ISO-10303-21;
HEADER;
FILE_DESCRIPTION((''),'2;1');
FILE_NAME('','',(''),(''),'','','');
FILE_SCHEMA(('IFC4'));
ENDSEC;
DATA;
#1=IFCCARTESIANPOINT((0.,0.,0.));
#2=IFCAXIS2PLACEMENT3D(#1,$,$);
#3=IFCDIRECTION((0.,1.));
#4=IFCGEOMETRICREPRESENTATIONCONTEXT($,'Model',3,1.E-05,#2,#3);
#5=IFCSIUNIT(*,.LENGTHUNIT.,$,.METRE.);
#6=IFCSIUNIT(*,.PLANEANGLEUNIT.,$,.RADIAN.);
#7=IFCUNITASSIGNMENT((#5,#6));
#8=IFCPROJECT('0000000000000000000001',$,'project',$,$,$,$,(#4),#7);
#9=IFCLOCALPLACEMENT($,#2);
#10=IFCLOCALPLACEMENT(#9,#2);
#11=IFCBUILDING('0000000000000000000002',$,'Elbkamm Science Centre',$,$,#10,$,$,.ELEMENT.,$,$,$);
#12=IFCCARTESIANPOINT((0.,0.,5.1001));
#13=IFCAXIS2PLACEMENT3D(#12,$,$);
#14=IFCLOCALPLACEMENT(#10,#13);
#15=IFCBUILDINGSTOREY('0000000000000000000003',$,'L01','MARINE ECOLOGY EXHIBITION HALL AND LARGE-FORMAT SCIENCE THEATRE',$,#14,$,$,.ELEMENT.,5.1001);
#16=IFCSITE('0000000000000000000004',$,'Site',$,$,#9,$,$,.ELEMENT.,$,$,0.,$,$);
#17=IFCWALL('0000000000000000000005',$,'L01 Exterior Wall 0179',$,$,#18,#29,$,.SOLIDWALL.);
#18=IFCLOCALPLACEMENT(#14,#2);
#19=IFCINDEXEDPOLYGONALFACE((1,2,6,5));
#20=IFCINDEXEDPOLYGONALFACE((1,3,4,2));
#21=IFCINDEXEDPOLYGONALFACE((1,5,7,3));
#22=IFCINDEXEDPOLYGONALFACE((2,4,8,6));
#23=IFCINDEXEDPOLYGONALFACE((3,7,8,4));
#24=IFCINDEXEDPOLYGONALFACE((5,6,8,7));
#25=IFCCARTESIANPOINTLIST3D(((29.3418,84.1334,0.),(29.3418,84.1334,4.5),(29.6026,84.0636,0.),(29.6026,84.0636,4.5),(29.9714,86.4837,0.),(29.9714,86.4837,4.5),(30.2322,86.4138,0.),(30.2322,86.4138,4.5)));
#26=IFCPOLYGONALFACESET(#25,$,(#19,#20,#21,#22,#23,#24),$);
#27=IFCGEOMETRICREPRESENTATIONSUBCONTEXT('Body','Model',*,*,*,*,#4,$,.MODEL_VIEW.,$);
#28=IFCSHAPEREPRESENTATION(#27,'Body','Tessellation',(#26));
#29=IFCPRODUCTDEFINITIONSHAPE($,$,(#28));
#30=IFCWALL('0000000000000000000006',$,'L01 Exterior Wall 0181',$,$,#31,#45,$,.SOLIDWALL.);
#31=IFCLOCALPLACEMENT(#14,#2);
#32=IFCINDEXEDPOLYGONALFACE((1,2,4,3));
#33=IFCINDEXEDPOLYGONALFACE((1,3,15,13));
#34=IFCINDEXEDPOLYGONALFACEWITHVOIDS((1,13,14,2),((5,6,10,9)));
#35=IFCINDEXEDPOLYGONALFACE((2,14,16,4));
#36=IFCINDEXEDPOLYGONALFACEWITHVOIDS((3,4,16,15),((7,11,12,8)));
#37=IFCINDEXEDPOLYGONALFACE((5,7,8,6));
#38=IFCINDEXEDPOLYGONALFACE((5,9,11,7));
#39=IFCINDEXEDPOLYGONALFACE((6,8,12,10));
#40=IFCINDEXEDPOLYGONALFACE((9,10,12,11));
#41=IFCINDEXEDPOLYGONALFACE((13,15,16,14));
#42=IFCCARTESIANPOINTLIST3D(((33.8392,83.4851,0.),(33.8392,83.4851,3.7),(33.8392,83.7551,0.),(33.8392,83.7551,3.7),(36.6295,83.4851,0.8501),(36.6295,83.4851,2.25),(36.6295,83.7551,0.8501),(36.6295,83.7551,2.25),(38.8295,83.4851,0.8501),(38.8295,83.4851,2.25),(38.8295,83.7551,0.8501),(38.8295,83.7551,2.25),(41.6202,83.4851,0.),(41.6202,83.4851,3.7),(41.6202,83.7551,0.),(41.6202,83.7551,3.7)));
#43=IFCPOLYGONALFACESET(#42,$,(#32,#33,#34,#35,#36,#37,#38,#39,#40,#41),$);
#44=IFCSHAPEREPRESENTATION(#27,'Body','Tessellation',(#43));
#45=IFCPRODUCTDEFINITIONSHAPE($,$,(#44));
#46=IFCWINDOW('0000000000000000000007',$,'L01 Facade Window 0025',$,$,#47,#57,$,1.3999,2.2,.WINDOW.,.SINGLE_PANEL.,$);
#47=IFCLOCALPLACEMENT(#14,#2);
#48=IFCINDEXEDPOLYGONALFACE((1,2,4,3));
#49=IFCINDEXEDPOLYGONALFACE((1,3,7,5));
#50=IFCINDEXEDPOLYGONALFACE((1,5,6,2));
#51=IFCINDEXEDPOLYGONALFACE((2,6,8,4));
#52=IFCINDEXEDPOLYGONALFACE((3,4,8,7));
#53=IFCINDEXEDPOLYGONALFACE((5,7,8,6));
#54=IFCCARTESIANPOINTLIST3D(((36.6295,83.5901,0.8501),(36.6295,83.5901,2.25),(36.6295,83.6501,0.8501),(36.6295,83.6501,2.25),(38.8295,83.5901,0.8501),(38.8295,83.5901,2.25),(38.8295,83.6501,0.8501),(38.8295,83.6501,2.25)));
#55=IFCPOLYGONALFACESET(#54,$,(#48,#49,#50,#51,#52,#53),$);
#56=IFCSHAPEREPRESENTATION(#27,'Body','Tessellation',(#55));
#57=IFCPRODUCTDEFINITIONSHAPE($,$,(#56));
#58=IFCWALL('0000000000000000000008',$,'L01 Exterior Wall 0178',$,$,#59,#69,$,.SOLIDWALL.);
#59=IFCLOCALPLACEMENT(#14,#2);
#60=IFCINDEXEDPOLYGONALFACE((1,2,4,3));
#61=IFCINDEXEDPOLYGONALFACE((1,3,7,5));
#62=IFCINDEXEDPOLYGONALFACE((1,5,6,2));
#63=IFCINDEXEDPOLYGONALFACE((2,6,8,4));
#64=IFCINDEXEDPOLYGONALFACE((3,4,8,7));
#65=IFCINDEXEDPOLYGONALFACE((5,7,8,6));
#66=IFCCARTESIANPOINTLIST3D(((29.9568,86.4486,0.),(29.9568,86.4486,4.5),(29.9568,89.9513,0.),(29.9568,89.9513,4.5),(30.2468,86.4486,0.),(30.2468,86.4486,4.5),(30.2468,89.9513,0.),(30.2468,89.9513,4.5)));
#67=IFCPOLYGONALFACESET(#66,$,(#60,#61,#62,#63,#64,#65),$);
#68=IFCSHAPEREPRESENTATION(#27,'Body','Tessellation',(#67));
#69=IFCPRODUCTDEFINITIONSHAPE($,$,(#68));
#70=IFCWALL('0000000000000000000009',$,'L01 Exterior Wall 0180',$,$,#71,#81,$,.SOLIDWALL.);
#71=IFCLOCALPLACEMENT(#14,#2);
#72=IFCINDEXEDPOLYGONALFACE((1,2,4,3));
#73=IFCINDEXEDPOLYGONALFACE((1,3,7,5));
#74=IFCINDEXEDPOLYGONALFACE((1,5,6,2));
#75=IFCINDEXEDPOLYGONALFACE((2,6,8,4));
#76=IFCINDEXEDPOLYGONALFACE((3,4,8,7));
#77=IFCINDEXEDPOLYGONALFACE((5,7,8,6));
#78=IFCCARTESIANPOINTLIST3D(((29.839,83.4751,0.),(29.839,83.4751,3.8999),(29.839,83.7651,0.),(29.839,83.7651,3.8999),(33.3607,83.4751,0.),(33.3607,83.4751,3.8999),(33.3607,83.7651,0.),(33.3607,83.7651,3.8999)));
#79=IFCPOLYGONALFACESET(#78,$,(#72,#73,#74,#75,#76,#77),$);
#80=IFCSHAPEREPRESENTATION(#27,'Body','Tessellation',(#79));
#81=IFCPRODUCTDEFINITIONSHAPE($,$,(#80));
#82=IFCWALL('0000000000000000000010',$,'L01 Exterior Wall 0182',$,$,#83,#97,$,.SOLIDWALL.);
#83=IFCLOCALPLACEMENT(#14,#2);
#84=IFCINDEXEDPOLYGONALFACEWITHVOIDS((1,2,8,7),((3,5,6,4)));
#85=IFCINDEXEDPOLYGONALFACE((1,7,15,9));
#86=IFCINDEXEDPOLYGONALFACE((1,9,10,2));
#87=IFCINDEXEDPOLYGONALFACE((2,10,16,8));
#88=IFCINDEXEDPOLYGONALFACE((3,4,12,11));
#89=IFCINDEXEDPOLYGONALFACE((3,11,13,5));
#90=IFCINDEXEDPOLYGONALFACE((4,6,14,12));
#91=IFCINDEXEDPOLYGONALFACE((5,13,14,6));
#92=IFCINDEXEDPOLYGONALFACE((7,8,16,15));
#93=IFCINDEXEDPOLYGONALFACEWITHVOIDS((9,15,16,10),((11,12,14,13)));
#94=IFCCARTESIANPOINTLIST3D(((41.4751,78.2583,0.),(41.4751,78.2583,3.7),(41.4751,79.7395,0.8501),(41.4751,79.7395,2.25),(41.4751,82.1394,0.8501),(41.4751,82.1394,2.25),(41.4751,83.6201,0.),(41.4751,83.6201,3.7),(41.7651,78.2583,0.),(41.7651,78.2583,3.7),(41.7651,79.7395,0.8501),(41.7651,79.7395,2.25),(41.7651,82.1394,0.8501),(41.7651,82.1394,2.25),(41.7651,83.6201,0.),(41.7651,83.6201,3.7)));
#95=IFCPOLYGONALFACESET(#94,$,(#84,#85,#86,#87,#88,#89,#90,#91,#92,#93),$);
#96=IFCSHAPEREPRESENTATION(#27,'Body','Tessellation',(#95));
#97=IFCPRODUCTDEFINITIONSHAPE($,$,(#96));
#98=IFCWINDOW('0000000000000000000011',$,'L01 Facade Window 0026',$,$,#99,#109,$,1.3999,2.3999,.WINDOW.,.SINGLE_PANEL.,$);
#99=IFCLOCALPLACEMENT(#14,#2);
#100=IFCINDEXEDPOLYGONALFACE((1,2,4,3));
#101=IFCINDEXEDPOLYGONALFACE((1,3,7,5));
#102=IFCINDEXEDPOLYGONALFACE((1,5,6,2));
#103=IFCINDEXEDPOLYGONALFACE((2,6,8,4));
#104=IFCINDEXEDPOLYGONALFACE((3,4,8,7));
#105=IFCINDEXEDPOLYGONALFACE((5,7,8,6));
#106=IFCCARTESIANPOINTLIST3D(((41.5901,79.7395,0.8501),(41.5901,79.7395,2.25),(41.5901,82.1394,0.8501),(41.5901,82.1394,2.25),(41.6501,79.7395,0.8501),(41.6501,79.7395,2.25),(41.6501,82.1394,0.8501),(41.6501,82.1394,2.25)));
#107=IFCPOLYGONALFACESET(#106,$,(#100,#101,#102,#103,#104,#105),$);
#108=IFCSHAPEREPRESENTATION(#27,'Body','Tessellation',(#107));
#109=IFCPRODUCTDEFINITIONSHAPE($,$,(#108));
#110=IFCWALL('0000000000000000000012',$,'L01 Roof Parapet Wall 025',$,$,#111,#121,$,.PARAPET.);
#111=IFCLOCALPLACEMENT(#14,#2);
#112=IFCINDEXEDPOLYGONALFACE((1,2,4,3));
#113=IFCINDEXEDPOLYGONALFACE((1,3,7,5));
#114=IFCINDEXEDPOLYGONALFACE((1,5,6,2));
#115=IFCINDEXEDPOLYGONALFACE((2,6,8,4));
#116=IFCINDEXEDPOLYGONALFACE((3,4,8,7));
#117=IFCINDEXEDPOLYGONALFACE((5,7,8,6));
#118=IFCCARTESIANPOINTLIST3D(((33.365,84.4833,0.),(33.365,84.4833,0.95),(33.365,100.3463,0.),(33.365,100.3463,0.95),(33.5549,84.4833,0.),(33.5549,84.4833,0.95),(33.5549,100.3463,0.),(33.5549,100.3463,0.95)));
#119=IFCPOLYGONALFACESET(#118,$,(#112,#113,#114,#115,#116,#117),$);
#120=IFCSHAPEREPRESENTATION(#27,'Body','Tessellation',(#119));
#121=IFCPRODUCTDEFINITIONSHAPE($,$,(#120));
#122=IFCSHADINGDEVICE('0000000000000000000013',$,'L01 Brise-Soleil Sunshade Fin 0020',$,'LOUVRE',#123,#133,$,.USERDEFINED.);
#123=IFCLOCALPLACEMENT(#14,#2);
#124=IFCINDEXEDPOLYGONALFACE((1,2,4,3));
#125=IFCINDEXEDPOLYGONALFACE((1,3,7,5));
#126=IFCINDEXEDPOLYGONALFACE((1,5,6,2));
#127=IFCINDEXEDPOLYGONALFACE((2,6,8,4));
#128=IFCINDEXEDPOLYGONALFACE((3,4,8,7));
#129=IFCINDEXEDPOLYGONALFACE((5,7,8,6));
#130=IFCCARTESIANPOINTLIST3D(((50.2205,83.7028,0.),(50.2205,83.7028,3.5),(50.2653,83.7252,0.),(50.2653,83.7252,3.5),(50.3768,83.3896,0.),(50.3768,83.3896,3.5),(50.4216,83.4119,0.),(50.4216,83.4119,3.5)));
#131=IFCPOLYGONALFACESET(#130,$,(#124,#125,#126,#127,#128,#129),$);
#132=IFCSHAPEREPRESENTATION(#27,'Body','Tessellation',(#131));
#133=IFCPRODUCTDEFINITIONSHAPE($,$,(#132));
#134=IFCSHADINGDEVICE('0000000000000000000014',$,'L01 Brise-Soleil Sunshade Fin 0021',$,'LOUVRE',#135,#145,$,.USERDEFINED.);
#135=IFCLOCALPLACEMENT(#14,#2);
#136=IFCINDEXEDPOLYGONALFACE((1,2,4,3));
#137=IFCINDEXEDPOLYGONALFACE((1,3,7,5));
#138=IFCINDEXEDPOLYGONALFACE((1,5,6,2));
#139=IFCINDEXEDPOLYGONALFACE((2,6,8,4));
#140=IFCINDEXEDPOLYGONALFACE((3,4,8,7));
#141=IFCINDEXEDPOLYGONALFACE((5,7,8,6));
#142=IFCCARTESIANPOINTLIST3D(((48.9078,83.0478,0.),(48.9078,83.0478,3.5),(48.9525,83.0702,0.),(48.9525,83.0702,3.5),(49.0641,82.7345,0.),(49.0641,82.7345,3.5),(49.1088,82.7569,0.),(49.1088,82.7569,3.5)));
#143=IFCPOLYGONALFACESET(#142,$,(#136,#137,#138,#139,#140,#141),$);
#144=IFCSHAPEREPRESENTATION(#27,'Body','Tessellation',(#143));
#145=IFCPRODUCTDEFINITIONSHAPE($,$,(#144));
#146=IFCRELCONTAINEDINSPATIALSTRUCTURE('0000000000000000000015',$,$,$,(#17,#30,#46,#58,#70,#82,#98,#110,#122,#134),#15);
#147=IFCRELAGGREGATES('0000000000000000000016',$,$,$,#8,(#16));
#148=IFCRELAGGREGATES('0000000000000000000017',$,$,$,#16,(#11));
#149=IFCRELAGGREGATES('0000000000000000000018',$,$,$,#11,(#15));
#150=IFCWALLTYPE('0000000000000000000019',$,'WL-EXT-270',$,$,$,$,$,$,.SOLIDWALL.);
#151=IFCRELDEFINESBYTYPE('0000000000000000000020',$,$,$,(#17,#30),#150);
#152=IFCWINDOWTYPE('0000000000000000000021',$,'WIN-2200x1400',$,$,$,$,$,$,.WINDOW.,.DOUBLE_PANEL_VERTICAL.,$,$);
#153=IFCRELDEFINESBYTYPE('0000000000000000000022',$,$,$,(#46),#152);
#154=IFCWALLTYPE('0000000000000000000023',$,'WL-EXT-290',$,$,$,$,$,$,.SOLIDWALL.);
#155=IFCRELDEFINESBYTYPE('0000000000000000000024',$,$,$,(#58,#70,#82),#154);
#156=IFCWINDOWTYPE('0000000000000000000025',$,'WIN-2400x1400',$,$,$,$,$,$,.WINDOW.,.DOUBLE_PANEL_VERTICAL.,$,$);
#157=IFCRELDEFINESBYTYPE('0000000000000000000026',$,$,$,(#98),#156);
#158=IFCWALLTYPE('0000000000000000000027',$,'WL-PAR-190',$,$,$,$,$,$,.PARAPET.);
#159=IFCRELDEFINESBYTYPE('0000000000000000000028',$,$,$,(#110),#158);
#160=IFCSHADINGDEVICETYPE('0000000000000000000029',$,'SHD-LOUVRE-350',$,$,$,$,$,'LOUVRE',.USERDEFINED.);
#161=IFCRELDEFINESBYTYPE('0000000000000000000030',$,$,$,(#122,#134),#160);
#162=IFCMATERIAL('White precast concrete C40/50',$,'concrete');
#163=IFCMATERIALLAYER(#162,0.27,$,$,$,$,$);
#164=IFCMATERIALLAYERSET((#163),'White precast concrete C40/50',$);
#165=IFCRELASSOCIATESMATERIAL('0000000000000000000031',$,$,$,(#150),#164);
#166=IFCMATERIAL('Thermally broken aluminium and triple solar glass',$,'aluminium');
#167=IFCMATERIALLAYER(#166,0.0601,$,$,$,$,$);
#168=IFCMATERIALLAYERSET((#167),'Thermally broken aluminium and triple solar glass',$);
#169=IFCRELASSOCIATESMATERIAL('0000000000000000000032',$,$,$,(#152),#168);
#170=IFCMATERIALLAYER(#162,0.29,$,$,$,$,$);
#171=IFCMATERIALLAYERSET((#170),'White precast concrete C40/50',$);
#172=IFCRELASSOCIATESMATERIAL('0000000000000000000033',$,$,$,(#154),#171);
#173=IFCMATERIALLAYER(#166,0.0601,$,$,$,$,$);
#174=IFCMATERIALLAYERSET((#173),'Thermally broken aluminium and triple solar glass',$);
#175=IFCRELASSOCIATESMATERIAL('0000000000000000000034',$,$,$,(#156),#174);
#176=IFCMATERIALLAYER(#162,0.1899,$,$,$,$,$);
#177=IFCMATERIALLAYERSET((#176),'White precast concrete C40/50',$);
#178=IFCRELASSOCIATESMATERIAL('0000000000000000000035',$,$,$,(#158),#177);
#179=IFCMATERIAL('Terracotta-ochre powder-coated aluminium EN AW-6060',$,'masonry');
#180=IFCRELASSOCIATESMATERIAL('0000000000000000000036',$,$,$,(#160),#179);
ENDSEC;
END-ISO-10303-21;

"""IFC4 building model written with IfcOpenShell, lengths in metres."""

from ifc_helpers import new_model, si_unit, direction, frame, frame_2d, origin, origin_2d, place, context, subcontext, project, spatial, rectangle, extrude, material, layer, layer_set, type_object, element, fill, save


model = new_model("IFC4")

# Units and contexts
model_context = context("Model", 3, precision=1e-05, world=origin(), true_north=direction((0.0, 1.0)))
body_context = subcontext(model_context, "Body", "Model", "MODEL_VIEW")
ifc_project = project(units=[si_unit("LENGTHUNIT", "METRE"), si_unit("PLANEANGLEUNIT", "RADIAN")], contexts=[model_context])

# Site, building, storey
site_placement = place(None, origin())
site = spatial("IfcSite", under=ifc_project, at=site_placement, Name="Site", CompositionType="ELEMENT", RefElevation=0.0)
building_placement = place(site_placement, origin())
building = spatial("IfcBuilding", under=site, at=building_placement, Name="Elbkamm Science Centre", CompositionType="ELEMENT")
storey_placement = place(building_placement, frame((0.0, 0.0, 5.1001)))
storey = spatial("IfcBuildingStorey", under=building, at=storey_placement, Name="L01", Description="MARINE ECOLOGY EXHIBITION HALL AND LARGE-FORMAT SCIENCE THEATRE", CompositionType="ELEMENT", Elevation=5.1001)

# Wall
ifc_material_1 = material(Name="White precast concrete C40/50", Category="concrete")
ifc_layer_1 = layer(ifc_material_1, 0.27)
ifc_layer_set_1 = layer_set([ifc_layer_1], Name="White precast concrete C40/50")
wall_type_1 = type_object("IfcWallType", Name="WL-EXT-270", PredefinedType="SOLIDWALL", material=ifc_layer_set_1)
wall_1_placement = place(storey_placement, frame((30.1018, 86.4487, 0.0), z_axis=(0.0, 0.0, 1.0), x_axis=(-0.258768, -0.96594, 0.0)))
element("IfcWall", 1, at=wall_1_placement, inside=storey, type_object=wall_type_1, Name="L01 Exterior Wall 0179", PredefinedType="SOLIDWALL", context=body_context, shape_type="SweptSolid", body=[
    extrude(rectangle(XDim=2.4331, YDim=0.27, at=frame_2d((1.2166, 0.0))), origin(), (0.0, 0.0, 1.0), 4.5),
])

# Wall, opening, window
wall_2_placement = place(storey_placement, frame((33.8391, 83.6201, 0.0), z_axis=(0.0, 0.0, 1.0), x_axis=(1.0, 0.0, 0.0)))
wall_2 = element("IfcWall", 2, at=wall_2_placement, inside=storey, type_object=wall_type_1, Name="L01 Exterior Wall 0181", PredefinedType="SOLIDWALL", context=body_context, shape_type="SweptSolid", body=[
    extrude(rectangle(XDim=7.781, YDim=0.27, at=frame_2d((3.8906, 0.0))), origin(), (0.0, 0.0, 1.0), 3.7),
])
opening_1_placement = place(wall_2_placement, frame((2.7903, 0.0, 0.8501)))
opening_1 = element("IfcOpeningElement", 3, at=opening_1_placement, cuts=wall_2, PredefinedType="OPENING", context=body_context, shape_type="SweptSolid", body=[
    extrude(rectangle(XDim=2.2, YDim=1.3999, at=frame_2d((1.1001, 0.7))), frame((0.0, 0.147, 0.0), z_axis=(0.0, -1.0, 0.0), x_axis=(1.0, 0.0, 0.0)), (0.0, 0.0, 1.0), 0.2939),
])
ifc_material_2 = material(Name="Thermally broken aluminium and triple solar glass", Category="aluminium")
ifc_layer_2 = layer(ifc_material_2, 0.0601)
ifc_layer_set_2 = layer_set([ifc_layer_2], Name="Thermally broken aluminium and triple solar glass")
window_type_1 = type_object("IfcWindowType", Name="WIN-2200x1400", PartitioningType="DOUBLE_PANEL_VERTICAL", PredefinedType="WINDOW", material=ifc_layer_set_2)
window_1_placement = place(opening_1_placement, origin())
window_1 = element("IfcWindow", 4, at=window_1_placement, inside=storey, type_object=window_type_1, Name="L01 Facade Window 0025", OverallHeight=1.3999, OverallWidth=2.2, PartitioningType="SINGLE_PANEL", PredefinedType="WINDOW", context=body_context, shape_type="SweptSolid", body=[
    extrude(rectangle(XDim=2.2, YDim=1.3999, at=frame_2d((1.1001, 0.7))), frame((0.0, 0.03, 0.0), z_axis=(0.0, -1.0, 0.0), x_axis=(1.0, 0.0, 0.0)), (0.0, 0.0, 1.0), 0.0601),
])
fill(opening_1, window_1)

# Walls
ifc_layer_3 = layer(ifc_material_1, 0.29)
ifc_layer_set_3 = layer_set([ifc_layer_3], Name="White precast concrete C40/50")
wall_type_2 = type_object("IfcWallType", Name="WL-EXT-290", PredefinedType="SOLIDWALL", material=ifc_layer_set_3)
wall_3_placement = place(storey_placement, frame((30.1018, 89.9514, 0.0), z_axis=(0.0, 0.0, 1.0), x_axis=(0.0, -1.0, 0.0)))
element("IfcWall", 5, at=wall_3_placement, inside=storey, type_object=wall_type_2, Name="L01 Exterior Wall 0178", PredefinedType="SOLIDWALL", context=body_context, shape_type="SweptSolid", body=[
    extrude(rectangle(XDim=3.5027, YDim=0.29, at=frame_2d((1.7515, 0.0))), origin(), (0.0, 0.0, 1.0), 4.5),
])
wall_4_placement = place(storey_placement, frame((29.8391, 83.6201, 0.0), z_axis=(0.0, 0.0, 1.0), x_axis=(1.0, 0.0, 0.0)))
element("IfcWall", 6, at=wall_4_placement, inside=storey, type_object=wall_type_2, Name="L01 Exterior Wall 0180", PredefinedType="SOLIDWALL", context=body_context, shape_type="SweptSolid", body=[
    extrude(rectangle(XDim=3.5217, YDim=0.29, at=frame_2d((1.7607, 0.0))), origin(), (0.0, 0.0, 1.0), 3.8999),
])

# Wall, opening, window
wall_5_placement = place(storey_placement, frame((41.6201, 83.6201, 0.0), z_axis=(0.0, 0.0, 1.0), x_axis=(0.0, -1.0, 0.0)))
wall_5 = element("IfcWall", 7, at=wall_5_placement, inside=storey, type_object=wall_type_2, Name="L01 Exterior Wall 0182", PredefinedType="SOLIDWALL", context=body_context, shape_type="SweptSolid", body=[
    extrude(rectangle(XDim=5.3618, YDim=0.29, at=frame_2d((2.6809, 0.0))), origin(), (0.0, 0.0, 1.0), 3.7),
])
opening_2_placement = place(wall_5_placement, frame((1.4807, 0.0, 0.8501)))
opening_2 = element("IfcOpeningElement", 8, at=opening_2_placement, cuts=wall_5, PredefinedType="OPENING", context=body_context, shape_type="SweptSolid", body=[
    extrude(rectangle(XDim=2.3999, YDim=1.3999, at=frame_2d((1.2, 0.7))), frame((0.0, 0.157, 0.0), z_axis=(0.0, -1.0, 0.0), x_axis=(1.0, 0.0, 0.0)), (0.0, 0.0, 1.0), 0.314),
])
ifc_layer_4 = layer(ifc_material_2, 0.0601)
ifc_layer_set_4 = layer_set([ifc_layer_4], Name="Thermally broken aluminium and triple solar glass")
window_type_2 = type_object("IfcWindowType", Name="WIN-2400x1400", PartitioningType="DOUBLE_PANEL_VERTICAL", PredefinedType="WINDOW", material=ifc_layer_set_4)
window_2_placement = place(opening_2_placement, origin())
window_2 = element("IfcWindow", 9, at=window_2_placement, inside=storey, type_object=window_type_2, Name="L01 Facade Window 0026", OverallHeight=1.3999, OverallWidth=2.3999, PartitioningType="SINGLE_PANEL", PredefinedType="WINDOW", context=body_context, shape_type="SweptSolid", body=[
    extrude(rectangle(XDim=2.3999, YDim=1.3999, at=frame_2d((1.2, 0.7))), frame((0.0, 0.03, 0.0), z_axis=(0.0, -1.0, 0.0), x_axis=(1.0, 0.0, 0.0)), (0.0, 0.0, 1.0), 0.0601),
])
fill(opening_2, window_2)

# Wall
ifc_layer_5 = layer(ifc_material_1, 0.1899)
ifc_layer_set_5 = layer_set([ifc_layer_5], Name="White precast concrete C40/50")
wall_type_3 = type_object("IfcWallType", Name="WL-PAR-190", PredefinedType="PARAPET", material=ifc_layer_set_5)
wall_6_placement = place(storey_placement, frame((33.46, 100.3464, 0.0), z_axis=(0.0, 0.0, 1.0), x_axis=(0.0, -1.0, 0.0)))
element("IfcWall", 10, at=wall_6_placement, inside=storey, type_object=wall_type_3, Name="L01 Roof Parapet Wall 025", PredefinedType="PARAPET", context=body_context, shape_type="SweptSolid", body=[
    extrude(rectangle(XDim=15.863, YDim=0.1899, at=frame_2d((7.9316, 0.0))), origin(), (0.0, 0.0, 1.0), 0.95),
])

# Shading devices
ifc_material_3 = material(Name="Terracotta-ochre powder-coated aluminium EN AW-6060", Category="masonry")
shading_device_type = type_object("IfcShadingDeviceType", Name="SHD-LOUVRE-350", ElementType="LOUVRE", PredefinedType="USERDEFINED", material=ifc_material_3)
for number, where, z_axis, x_axis, name in (
    (11, (50.321, 83.5574, 0.0), (0.0, 0.0, 1.0), (-0.446441, 0.894813, 0.0), "L01 Brise-Soleil Sunshade Fin 0020"),
    (12, (49.0083, 82.9023, 0.0), (0.0, 0.0, 1.0), (-0.446441, 0.894813, 0.0), "L01 Brise-Soleil Sunshade Fin 0021"),
):
    element("IfcShadingDevice", number, at=place(storey_placement, frame(where, z_axis=z_axis, x_axis=x_axis)), inside=storey, type_object=shading_device_type, Name=name, ObjectType="LOUVRE", PredefinedType="USERDEFINED", context=body_context, shape_type="SweptSolid", body=[
        extrude(rectangle(XDim=0.3501, YDim=0.05, at=origin_2d()), origin(), (0.0, 0.0, 1.0), 3.5),
    ])

save(model, "model.ifc")
